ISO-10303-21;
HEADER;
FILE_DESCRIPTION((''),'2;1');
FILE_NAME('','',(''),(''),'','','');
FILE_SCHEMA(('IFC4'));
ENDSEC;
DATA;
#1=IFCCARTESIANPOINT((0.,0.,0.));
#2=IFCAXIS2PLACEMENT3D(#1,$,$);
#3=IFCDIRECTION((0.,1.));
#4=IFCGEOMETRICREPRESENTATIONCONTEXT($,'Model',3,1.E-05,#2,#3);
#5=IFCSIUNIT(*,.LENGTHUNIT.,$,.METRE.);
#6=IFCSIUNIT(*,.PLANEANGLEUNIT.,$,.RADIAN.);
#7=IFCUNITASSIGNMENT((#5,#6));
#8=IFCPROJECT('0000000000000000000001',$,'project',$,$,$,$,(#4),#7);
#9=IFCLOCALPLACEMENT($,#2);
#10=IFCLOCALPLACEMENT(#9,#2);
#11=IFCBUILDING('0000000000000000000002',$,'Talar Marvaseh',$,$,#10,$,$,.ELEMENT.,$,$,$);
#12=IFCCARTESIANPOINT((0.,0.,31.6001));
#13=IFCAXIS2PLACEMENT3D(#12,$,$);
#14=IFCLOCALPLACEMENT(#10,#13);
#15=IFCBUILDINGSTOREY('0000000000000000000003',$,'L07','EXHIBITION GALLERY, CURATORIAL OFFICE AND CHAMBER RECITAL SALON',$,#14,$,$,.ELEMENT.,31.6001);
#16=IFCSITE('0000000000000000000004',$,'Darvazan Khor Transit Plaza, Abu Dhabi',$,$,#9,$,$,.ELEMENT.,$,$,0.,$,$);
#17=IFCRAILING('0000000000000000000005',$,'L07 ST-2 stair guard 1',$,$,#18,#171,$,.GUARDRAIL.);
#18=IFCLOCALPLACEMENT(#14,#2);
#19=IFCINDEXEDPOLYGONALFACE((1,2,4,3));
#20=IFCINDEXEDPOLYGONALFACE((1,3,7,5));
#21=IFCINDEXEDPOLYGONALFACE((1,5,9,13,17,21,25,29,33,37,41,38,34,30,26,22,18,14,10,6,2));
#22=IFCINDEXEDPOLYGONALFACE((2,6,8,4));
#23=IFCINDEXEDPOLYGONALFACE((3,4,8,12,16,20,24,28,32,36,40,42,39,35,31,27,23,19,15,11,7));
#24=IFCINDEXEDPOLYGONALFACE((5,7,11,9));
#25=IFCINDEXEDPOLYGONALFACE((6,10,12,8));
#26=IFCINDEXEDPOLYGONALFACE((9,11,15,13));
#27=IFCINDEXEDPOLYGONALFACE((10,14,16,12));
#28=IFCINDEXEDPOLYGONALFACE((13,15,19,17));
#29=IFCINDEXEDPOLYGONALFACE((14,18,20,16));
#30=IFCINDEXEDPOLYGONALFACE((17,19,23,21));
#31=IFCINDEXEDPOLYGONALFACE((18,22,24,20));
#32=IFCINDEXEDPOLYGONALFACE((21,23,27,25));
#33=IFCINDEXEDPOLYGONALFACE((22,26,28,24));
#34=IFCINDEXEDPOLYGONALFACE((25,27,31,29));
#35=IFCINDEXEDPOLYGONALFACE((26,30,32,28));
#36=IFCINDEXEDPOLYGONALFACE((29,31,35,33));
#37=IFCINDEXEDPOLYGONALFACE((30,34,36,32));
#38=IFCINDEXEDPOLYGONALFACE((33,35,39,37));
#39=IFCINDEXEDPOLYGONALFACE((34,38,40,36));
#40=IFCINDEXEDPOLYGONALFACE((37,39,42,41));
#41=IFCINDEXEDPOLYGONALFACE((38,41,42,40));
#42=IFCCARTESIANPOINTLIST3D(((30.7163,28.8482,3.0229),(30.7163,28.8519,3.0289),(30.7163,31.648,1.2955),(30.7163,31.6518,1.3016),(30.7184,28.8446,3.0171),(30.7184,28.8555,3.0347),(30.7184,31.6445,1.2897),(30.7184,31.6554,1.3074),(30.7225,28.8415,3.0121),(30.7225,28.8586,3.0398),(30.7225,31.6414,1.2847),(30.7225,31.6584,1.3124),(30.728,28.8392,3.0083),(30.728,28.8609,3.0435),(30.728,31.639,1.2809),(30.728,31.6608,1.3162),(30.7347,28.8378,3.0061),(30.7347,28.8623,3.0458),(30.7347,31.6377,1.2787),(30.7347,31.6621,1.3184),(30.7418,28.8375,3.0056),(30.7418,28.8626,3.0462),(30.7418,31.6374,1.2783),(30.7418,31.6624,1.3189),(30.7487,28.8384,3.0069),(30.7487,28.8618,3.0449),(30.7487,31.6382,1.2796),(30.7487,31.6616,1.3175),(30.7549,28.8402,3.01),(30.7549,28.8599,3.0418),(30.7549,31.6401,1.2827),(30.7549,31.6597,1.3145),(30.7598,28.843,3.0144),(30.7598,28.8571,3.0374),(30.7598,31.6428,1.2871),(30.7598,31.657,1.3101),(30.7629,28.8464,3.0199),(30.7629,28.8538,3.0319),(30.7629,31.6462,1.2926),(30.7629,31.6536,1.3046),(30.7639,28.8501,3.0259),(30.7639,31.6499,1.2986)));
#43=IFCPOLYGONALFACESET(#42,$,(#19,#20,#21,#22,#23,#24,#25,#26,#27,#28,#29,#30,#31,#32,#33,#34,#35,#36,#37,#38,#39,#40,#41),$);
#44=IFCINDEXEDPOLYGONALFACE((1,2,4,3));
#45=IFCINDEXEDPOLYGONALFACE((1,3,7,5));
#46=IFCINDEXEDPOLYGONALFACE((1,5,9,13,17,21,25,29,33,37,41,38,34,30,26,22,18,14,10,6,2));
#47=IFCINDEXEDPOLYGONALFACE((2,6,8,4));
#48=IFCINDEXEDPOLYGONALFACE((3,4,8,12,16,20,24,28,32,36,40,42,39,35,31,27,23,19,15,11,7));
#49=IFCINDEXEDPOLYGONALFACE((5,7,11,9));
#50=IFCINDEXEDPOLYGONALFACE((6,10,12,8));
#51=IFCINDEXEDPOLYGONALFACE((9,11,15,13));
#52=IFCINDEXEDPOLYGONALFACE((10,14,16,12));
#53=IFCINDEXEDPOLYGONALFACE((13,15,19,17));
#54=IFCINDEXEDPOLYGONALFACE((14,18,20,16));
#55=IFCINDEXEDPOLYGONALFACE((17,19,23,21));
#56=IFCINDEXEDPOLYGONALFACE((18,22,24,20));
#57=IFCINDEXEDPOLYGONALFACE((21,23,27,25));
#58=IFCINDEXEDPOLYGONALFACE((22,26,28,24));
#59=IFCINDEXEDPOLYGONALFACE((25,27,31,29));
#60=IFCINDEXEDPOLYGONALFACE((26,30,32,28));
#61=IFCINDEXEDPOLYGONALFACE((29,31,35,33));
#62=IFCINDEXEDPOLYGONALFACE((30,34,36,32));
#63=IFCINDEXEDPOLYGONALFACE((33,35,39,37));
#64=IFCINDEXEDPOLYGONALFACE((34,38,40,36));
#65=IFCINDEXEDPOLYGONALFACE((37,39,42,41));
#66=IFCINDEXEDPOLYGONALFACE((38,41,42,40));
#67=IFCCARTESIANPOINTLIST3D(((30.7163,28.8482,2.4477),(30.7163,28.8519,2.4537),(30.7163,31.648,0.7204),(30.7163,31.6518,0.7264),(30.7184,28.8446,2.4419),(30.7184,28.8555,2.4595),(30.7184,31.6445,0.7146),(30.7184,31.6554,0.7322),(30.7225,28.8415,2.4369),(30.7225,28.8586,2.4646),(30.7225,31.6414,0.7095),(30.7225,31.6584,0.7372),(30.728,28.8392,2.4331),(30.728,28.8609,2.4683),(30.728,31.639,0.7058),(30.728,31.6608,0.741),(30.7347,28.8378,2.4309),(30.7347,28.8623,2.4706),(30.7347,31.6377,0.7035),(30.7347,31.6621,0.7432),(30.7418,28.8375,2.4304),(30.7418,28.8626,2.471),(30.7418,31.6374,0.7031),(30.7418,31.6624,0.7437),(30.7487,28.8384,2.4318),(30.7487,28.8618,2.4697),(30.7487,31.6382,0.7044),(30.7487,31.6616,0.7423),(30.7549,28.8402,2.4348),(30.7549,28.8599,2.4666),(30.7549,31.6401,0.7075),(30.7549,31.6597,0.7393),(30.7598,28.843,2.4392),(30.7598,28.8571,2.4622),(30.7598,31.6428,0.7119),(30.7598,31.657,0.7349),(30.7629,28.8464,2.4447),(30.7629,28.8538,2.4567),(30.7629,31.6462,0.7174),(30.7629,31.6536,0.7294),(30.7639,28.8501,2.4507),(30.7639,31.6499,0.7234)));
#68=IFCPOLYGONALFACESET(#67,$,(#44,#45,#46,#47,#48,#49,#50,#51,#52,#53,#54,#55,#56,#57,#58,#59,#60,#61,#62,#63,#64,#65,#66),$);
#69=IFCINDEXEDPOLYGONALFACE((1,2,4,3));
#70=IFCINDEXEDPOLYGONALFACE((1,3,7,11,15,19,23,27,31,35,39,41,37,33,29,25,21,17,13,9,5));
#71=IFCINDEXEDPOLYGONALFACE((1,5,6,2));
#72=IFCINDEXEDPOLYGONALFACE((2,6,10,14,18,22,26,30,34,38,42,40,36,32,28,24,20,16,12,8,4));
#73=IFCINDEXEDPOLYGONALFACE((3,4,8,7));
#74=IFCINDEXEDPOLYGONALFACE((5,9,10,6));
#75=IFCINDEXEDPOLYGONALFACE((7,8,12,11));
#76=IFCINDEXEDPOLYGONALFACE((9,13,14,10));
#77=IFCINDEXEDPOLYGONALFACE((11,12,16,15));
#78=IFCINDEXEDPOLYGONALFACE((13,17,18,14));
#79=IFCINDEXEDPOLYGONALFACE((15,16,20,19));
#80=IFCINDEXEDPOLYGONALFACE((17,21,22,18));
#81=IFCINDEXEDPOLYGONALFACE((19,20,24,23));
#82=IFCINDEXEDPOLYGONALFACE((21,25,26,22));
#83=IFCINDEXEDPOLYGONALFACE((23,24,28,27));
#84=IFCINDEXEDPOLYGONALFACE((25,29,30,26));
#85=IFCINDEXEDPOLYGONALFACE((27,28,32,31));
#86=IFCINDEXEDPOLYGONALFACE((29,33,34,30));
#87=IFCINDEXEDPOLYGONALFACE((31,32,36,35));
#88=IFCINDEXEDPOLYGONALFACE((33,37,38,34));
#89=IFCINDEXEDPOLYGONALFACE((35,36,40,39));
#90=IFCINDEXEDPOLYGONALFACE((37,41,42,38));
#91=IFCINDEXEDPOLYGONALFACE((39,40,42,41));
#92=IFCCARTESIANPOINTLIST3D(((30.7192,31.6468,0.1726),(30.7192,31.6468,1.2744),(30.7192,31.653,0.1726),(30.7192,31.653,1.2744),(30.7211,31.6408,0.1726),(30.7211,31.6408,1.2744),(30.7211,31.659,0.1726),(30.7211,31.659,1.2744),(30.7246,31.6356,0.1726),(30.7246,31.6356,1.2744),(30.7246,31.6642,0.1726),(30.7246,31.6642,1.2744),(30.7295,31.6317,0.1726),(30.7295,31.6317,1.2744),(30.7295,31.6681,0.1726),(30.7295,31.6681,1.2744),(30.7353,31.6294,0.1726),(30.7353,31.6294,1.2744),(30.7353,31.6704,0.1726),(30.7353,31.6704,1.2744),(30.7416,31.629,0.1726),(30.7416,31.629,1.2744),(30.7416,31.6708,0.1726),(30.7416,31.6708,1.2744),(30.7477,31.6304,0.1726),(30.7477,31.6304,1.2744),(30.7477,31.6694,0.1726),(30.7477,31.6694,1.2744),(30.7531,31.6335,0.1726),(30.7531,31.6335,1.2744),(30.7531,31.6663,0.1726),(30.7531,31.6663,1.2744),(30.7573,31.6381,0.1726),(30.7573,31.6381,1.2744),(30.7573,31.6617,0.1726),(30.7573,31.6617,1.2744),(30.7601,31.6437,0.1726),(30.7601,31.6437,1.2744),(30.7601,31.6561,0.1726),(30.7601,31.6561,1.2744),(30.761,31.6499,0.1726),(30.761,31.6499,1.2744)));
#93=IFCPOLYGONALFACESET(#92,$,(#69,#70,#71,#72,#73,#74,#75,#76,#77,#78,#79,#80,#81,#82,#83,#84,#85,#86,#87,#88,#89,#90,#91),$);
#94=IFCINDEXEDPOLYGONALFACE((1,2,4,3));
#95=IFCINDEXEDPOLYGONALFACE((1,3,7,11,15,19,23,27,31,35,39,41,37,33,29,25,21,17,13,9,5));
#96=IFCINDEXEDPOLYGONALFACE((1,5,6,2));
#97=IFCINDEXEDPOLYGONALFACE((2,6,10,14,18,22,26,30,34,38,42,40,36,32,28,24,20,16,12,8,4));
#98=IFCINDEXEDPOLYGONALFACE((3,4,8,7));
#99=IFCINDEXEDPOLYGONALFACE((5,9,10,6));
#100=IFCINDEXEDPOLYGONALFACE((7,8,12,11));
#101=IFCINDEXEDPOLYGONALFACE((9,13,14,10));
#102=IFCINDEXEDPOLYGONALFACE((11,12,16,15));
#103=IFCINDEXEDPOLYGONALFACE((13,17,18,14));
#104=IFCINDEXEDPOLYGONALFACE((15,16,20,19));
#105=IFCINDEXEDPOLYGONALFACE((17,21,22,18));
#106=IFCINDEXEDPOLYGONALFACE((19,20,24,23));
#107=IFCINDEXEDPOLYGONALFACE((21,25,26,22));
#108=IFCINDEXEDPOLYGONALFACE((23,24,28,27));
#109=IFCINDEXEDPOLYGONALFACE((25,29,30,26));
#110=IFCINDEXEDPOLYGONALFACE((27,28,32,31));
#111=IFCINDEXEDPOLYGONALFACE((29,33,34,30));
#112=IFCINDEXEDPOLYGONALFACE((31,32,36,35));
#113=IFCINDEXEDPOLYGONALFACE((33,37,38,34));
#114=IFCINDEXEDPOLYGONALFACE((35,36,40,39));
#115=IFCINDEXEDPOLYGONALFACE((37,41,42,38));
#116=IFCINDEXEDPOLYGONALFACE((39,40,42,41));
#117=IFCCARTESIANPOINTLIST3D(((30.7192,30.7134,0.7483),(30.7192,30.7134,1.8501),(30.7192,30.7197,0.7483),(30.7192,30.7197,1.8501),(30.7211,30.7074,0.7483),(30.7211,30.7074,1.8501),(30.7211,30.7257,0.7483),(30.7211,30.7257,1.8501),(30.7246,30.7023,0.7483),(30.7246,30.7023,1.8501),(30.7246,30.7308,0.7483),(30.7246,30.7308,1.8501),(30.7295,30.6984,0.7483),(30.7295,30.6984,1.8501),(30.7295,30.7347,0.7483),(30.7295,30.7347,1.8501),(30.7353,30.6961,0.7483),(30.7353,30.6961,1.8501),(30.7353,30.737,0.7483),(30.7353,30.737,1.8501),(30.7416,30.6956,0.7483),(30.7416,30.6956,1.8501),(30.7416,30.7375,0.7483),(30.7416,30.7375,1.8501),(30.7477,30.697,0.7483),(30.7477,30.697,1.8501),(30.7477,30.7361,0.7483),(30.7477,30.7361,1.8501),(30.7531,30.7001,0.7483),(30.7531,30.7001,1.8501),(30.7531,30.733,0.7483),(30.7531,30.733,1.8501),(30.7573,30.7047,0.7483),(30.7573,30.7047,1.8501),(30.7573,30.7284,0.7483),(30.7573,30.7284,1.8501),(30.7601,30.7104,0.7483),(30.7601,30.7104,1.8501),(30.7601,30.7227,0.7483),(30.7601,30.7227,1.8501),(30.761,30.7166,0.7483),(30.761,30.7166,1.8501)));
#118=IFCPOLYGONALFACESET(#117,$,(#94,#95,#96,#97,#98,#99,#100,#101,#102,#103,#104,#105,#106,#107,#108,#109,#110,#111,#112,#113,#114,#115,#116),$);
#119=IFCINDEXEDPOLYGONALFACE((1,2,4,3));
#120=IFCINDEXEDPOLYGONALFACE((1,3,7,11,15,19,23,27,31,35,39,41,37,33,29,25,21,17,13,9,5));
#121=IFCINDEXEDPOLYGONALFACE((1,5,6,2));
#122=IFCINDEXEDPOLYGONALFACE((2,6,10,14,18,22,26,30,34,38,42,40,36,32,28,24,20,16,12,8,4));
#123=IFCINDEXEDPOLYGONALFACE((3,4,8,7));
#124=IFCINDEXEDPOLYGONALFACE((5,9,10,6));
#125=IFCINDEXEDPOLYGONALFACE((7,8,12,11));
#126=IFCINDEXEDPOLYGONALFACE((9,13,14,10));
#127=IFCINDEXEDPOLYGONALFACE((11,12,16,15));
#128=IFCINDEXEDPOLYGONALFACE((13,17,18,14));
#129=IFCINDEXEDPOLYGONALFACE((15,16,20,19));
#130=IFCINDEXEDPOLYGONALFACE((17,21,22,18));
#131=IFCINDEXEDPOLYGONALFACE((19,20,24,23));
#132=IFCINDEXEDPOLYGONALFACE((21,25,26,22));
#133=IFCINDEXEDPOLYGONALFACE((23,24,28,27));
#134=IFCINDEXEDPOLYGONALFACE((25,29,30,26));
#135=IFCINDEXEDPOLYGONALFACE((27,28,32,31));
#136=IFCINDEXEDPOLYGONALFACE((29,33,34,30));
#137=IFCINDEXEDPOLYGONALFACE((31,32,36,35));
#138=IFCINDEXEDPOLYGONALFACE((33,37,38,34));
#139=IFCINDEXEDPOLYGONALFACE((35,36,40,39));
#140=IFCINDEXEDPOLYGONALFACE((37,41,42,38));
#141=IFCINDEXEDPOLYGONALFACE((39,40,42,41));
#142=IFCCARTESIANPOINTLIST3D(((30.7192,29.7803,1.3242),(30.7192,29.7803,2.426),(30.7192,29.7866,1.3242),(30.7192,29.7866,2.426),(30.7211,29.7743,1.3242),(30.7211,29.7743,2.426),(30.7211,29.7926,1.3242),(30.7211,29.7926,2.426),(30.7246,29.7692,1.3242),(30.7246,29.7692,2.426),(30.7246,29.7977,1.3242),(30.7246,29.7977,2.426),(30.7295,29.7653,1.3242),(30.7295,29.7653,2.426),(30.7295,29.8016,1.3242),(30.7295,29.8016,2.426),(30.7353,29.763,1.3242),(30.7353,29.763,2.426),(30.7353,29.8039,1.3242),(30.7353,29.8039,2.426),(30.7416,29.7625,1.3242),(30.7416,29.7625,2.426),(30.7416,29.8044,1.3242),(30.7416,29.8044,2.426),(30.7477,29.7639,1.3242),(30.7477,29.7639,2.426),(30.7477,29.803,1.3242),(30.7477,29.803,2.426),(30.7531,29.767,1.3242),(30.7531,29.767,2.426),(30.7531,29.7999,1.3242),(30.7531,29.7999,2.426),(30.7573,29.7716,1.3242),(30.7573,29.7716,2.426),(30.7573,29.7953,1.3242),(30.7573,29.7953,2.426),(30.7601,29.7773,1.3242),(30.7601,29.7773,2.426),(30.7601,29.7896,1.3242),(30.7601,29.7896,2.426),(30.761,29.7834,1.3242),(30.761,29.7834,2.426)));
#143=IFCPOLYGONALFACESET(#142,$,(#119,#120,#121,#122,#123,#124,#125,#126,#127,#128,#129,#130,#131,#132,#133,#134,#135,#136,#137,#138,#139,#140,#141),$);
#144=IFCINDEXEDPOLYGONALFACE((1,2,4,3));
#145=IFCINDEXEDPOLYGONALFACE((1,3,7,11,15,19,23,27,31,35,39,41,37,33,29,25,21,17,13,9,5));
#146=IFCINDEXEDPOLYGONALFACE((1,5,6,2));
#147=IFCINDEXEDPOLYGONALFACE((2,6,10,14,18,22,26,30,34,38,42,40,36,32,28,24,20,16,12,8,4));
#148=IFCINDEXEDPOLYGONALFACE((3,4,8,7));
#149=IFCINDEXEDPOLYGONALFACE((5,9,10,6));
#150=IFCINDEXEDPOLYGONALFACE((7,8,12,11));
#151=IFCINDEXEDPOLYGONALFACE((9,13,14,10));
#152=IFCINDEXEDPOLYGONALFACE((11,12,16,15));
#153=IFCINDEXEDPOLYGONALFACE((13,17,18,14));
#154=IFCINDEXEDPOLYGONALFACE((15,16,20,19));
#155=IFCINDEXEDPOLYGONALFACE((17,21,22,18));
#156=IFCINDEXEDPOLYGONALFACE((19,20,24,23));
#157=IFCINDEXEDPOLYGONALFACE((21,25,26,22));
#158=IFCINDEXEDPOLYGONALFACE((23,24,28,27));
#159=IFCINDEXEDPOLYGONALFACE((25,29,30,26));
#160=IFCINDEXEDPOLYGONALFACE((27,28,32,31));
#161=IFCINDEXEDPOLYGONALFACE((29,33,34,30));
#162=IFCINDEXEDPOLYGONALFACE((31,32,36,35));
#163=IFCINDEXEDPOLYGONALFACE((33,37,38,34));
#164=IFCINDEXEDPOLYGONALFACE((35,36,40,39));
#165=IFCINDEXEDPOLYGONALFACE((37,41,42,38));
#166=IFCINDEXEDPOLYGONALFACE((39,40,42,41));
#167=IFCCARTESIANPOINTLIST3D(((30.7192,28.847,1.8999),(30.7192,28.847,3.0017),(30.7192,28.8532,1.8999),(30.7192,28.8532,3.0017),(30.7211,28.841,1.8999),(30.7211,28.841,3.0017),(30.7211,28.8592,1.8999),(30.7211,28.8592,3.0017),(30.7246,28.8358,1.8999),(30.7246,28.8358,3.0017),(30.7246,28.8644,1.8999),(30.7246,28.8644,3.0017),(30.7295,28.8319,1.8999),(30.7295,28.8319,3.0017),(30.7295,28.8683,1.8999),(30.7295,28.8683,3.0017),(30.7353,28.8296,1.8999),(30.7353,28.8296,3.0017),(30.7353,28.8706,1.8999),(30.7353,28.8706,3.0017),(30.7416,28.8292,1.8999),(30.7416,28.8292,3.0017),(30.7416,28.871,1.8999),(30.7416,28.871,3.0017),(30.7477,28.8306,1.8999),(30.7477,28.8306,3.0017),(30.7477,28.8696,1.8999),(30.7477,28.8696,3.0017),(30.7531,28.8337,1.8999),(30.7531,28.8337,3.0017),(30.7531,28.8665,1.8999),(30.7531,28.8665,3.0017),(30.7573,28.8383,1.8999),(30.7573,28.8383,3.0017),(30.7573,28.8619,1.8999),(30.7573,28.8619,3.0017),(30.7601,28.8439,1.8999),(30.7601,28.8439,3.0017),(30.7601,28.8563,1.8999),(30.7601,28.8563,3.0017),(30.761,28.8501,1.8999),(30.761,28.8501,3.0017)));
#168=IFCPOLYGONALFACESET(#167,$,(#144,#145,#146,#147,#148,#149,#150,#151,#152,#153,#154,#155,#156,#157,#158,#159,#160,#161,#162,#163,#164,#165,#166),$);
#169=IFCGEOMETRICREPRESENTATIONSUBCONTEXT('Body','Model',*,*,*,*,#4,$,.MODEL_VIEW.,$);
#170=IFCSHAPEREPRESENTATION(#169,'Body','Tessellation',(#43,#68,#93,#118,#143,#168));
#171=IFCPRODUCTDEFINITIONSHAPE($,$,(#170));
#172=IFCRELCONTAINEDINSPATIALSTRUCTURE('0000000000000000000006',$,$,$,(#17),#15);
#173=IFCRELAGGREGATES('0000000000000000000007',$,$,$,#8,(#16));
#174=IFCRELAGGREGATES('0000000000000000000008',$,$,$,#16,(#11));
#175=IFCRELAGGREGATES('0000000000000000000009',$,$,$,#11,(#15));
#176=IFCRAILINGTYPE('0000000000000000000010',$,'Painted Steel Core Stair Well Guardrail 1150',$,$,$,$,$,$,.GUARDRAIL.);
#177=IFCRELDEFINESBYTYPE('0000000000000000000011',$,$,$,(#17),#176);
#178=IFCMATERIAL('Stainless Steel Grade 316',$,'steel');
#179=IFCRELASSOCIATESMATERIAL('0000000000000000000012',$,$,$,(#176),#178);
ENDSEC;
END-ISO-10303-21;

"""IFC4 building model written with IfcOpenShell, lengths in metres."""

from ifc_helpers import new_model, si_unit, direction, frame, origin, origin_2d, place, context, subcontext, project, spatial, circle, extrude, material, type_object, element, save


model = new_model("IFC4")

# Units and contexts
model_context = context("Model", 3, precision=1e-05, world=origin(), true_north=direction((0.0, 1.0)))
body_context = subcontext(model_context, "Body", "Model", "MODEL_VIEW")
ifc_project = project(units=[si_unit("LENGTHUNIT", "METRE"), si_unit("PLANEANGLEUNIT", "RADIAN")], contexts=[model_context])

# Site, building, storey
site_placement = place(None, origin())
site = spatial("IfcSite", under=ifc_project, at=site_placement, Name="Darvazan Khor Transit Plaza, Abu Dhabi", CompositionType="ELEMENT", RefElevation=0.0)
building_placement = place(site_placement, origin())
building = spatial("IfcBuilding", under=site, at=building_placement, Name="Talar Marvaseh", CompositionType="ELEMENT")
storey_placement = place(building_placement, frame((0.0, 0.0, 31.6001)))
storey = spatial("IfcBuildingStorey", under=building, at=storey_placement, Name="L07", Description="EXHIBITION GALLERY, CURATORIAL OFFICE AND CHAMBER RECITAL SALON", CompositionType="ELEMENT", Elevation=31.6001)

# Shared definitions
ifc_material_1 = material(Name="Stainless Steel Grade 316", Category="steel")

# Railing
railing_type = type_object("IfcRailingType", Name="Painted Steel Core Stair Well Guardrail 1150", PredefinedType="GUARDRAIL", material=ifc_material_1)
railing_1_placement = place(storey_placement, frame((30.74, 31.6499, 0.1726)))
element("IfcRailing", 1, at=railing_1_placement, inside=storey, type_object=railing_type, Name="L07 ST-2 stair guard 1", PredefinedType="GUARDRAIL", context=body_context, shape_type="SweptSolid", body=[
    extrude(circle(Radius=0.0239, at=origin_2d()), frame((0.0, 0.0, 1.126), z_axis=(0.0, -0.851069, 0.525054), x_axis=(1.0, 0.0, 0.0)), (0.0, 0.0, 1.0), 3.2898),
    extrude(circle(Radius=0.0239, at=origin_2d()), frame((0.0, 0.0, 0.5508), z_axis=(0.0, -0.851069, 0.525054), x_axis=(1.0, 0.0, 0.0)), (0.0, 0.0, 1.0), 3.2898),
    extrude(circle(Radius=0.021, at=origin_2d()), origin(), (0.0, 0.0, 1.0), 1.1018),
    extrude(circle(Radius=0.021, at=origin_2d()), frame((0.0, -0.9333, 0.5757)), (0.0, 0.0, 1.0), 1.1018),
    extrude(circle(Radius=0.021, at=origin_2d()), frame((0.0, -1.8665, 1.1516)), (0.0, 0.0, 1.0), 1.1018),
    extrude(circle(Radius=0.021, at=origin_2d()), frame((0.0, -2.7998, 1.7273)), (0.0, 0.0, 1.0), 1.1018),
])

save(model, "model.ifc")
